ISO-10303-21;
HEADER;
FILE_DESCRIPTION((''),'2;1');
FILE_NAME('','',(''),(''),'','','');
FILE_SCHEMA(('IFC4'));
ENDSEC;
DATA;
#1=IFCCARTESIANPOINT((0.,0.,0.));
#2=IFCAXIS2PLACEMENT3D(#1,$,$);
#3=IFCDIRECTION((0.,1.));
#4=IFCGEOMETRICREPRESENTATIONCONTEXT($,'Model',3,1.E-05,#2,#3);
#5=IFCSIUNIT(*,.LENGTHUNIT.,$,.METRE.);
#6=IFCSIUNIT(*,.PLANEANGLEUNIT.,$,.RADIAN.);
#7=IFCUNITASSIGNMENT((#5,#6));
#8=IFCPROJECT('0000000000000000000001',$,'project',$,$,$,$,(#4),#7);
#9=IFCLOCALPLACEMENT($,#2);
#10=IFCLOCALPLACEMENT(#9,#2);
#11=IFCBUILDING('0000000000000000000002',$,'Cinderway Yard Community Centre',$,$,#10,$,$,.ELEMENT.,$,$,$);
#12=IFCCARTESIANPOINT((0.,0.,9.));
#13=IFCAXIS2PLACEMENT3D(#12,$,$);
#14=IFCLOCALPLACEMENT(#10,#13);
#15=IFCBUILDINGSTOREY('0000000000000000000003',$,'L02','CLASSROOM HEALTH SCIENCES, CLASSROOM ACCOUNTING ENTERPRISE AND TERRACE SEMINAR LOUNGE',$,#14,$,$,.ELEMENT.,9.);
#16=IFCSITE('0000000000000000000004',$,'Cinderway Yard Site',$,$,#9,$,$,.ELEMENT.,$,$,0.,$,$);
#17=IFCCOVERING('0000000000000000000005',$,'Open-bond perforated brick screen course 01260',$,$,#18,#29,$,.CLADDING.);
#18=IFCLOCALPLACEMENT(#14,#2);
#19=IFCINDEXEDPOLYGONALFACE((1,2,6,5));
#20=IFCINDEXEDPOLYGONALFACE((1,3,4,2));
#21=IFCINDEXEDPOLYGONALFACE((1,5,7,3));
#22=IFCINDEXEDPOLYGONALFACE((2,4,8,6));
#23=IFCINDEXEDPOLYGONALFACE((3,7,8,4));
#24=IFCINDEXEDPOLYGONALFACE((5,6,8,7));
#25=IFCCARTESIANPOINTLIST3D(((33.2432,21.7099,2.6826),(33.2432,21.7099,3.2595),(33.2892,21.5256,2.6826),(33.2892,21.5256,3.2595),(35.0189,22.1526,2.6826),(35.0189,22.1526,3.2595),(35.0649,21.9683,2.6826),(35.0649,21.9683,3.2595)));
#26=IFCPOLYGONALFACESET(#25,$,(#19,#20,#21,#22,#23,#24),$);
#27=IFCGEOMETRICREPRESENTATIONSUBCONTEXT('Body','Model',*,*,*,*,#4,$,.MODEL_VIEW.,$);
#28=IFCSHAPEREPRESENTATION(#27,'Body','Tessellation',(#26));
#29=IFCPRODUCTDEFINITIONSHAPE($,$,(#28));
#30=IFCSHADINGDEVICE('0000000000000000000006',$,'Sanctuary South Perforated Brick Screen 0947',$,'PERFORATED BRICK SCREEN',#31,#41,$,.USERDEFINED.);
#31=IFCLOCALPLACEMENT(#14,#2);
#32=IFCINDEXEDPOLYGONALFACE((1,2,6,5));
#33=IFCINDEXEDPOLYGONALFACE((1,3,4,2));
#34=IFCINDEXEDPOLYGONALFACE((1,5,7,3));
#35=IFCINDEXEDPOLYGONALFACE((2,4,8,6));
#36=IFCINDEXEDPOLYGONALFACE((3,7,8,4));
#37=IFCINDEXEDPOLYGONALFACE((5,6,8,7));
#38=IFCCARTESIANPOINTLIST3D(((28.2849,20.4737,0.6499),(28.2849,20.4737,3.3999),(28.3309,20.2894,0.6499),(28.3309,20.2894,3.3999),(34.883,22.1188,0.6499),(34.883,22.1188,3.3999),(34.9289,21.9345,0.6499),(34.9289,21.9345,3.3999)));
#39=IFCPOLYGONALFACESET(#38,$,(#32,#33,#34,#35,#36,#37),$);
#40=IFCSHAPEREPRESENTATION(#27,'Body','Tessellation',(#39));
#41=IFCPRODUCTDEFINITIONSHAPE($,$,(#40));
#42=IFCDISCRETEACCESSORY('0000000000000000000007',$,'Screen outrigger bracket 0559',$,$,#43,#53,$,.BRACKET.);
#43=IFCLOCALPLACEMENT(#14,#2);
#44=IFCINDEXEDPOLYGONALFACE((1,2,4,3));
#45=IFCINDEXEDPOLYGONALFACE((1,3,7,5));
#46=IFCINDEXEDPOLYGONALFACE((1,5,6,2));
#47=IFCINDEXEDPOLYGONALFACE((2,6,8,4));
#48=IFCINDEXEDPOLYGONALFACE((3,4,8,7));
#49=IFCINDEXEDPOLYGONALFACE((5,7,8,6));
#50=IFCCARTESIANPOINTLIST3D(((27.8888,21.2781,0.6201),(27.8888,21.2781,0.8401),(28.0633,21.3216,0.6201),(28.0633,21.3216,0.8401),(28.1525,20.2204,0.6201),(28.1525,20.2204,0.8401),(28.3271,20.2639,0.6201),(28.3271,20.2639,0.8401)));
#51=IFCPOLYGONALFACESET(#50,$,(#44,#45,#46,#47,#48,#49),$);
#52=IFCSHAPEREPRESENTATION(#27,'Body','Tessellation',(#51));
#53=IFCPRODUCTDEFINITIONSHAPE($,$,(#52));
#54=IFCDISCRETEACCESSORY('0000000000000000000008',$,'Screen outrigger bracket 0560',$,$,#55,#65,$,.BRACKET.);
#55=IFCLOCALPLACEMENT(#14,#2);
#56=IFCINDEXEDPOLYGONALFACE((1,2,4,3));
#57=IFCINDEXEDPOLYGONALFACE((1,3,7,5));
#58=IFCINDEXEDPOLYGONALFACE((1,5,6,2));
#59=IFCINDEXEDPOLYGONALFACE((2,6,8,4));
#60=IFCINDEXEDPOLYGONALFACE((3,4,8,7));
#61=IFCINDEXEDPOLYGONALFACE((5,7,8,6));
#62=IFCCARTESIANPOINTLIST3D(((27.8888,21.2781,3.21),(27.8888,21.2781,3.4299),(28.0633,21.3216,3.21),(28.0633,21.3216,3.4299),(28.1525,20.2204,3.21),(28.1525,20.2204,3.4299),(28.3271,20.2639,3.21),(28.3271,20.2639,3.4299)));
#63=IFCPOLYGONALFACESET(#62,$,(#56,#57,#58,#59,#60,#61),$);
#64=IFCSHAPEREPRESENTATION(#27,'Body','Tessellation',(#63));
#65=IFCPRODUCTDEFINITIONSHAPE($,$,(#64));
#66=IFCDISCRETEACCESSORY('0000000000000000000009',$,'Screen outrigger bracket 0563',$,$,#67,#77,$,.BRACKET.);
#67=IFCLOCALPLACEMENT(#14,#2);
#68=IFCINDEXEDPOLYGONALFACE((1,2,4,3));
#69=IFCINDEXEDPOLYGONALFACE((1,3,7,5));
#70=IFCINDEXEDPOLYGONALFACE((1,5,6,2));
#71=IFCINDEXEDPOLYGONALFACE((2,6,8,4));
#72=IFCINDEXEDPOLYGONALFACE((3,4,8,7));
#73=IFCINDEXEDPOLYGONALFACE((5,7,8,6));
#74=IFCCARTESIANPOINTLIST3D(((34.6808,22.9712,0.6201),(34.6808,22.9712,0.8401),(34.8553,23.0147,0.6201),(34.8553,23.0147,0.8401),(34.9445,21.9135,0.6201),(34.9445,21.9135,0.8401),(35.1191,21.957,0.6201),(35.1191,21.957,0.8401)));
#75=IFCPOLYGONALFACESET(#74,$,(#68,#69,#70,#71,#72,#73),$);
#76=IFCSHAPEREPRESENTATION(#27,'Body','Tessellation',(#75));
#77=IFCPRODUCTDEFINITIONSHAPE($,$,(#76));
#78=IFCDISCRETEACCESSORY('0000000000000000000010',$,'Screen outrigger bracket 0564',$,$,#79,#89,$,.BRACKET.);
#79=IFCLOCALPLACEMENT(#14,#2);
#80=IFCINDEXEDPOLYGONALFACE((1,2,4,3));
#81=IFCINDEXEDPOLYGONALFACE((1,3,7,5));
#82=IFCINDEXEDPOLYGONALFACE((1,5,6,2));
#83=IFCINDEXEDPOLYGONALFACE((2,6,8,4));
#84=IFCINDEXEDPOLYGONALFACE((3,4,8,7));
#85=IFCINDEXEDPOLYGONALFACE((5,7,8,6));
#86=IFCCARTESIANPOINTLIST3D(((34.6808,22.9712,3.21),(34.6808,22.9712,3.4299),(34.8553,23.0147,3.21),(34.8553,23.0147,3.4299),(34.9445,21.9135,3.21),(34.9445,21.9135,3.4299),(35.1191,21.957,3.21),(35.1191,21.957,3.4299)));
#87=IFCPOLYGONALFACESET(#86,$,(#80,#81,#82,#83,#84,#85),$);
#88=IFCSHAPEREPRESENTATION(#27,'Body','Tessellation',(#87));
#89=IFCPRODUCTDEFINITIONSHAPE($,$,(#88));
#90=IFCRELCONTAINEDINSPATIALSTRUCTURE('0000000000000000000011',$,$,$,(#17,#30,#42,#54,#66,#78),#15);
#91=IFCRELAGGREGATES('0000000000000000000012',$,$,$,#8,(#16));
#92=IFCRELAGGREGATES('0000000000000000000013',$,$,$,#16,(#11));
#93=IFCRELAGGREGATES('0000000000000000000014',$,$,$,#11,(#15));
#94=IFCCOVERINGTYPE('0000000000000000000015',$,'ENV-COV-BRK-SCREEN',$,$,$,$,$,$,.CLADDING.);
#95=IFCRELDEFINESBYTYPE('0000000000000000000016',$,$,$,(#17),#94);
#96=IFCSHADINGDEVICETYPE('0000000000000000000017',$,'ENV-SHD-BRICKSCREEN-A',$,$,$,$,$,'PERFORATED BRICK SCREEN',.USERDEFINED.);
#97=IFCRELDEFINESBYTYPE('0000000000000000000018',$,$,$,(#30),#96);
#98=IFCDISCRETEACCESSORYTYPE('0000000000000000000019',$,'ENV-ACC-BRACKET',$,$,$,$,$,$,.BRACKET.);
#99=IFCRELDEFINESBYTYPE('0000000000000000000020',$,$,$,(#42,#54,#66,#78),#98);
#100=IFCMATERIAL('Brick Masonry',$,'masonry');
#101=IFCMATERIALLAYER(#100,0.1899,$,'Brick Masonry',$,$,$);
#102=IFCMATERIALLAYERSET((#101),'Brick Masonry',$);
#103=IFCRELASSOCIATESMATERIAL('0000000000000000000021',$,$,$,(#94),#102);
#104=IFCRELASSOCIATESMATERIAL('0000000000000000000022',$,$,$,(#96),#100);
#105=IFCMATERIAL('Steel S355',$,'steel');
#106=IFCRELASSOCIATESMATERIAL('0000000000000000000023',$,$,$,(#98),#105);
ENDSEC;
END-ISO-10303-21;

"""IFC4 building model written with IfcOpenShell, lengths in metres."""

from ifc_helpers import new_model, si_unit, direction, frame, origin, origin_2d, place, context, subcontext, project, spatial, rectangle, extrude, material, layer, layer_set, type_object, element, save


model = new_model("IFC4")

# Units and contexts
model_context = context("Model", 3, precision=1e-05, world=origin(), true_north=direction((0.0, 1.0)))
body_context = subcontext(model_context, "Body", "Model", "MODEL_VIEW")
ifc_project = project(units=[si_unit("LENGTHUNIT", "METRE"), si_unit("PLANEANGLEUNIT", "RADIAN")], contexts=[model_context])

# Site, building, storey
site_placement = place(None, origin())
site = spatial("IfcSite", under=ifc_project, at=site_placement, Name="Cinderway Yard Site", CompositionType="ELEMENT", RefElevation=0.0)
building_placement = place(site_placement, origin())
building = spatial("IfcBuilding", under=site, at=building_placement, Name="Cinderway Yard Community Centre", CompositionType="ELEMENT")
storey_placement = place(building_placement, frame((0.0, 0.0, 9.0)))
storey = spatial("IfcBuildingStorey", under=building, at=storey_placement, Name="L02", Description="CLASSROOM HEALTH SCIENCES, CLASSROOM ACCOUNTING ENTERPRISE AND TERRACE SEMINAR LOUNGE", CompositionType="ELEMENT", Elevation=9.0)

# Shared definitions
ifc_material_1 = material(Name="Steel S355", Category="steel")

# Shared definitions
ifc_material_2 = material(Name="Brick Masonry", Category="masonry")

# Covering
ifc_layer_1 = layer(ifc_material_2, 0.1899, Name="Brick Masonry")
ifc_layer_set_1 = layer_set([ifc_layer_1], Name="Brick Masonry")
covering_type = type_object("IfcCoveringType", Name="ENV-COV-BRK-SCREEN", PredefinedType="CLADDING", material=ifc_layer_set_1)
for number, where, z_axis, x_axis, name in (
    (1, (34.1541, 21.8391, 2.6826), (0.0, 0.0, 1.0), (-0.970296, -0.241922, 0.0), "Open-bond perforated brick screen course 01260"),
):
    element("IfcCovering", number, at=place(storey_placement, frame(where, z_axis=z_axis, x_axis=x_axis)), inside=storey, type_object=covering_type, Name=name, PredefinedType="CLADDING", context=body_context, shape_type="SweptSolid", body=[
        extrude(rectangle(XDim=1.8301, YDim=0.1899, at=origin_2d()), origin(), (0.0, 0.0, 1.0), 0.5769),
    ])

# Shading device
shading_device_type = type_object("IfcShadingDeviceType", Name="ENV-SHD-BRICKSCREEN-A", ElementType="PERFORATED BRICK SCREEN", PredefinedType="USERDEFINED", material=ifc_material_2)
shading_device_placement = place(storey_placement, frame((31.6069, 21.2041, 0.6499), z_axis=(0.0, 0.0, 1.0), x_axis=(-0.970296, -0.241922, 0.0)))
element("IfcShadingDevice", 2, at=shading_device_placement, inside=storey, type_object=shading_device_type, Name="Sanctuary South Perforated Brick Screen 0947", ObjectType="PERFORATED BRICK SCREEN", PredefinedType="USERDEFINED", context=body_context, shape_type="SweptSolid", body=[
    extrude(rectangle(XDim=6.8, YDim=0.1899, at=origin_2d()), origin(), (0.0, 0.0, 1.0), 2.75),
])

# Discrete accessories
discrete_accessory_type = type_object("IfcDiscreteAccessoryType", Name="ENV-ACC-BRACKET", PredefinedType="BRACKET", material=ifc_material_1)
for number, where, z_axis, x_axis, name in (
    (3, (28.1079, 20.771, 0.6201), (0.0, 0.0, 1.0), (0.241922, -0.970296, 0.0), "Screen outrigger bracket 0559"),
    (4, (28.1079, 20.771, 3.21), (0.0, 0.0, 1.0), (0.241922, -0.970296, 0.0), "Screen outrigger bracket 0560"),
    (5, (34.8999, 22.4641, 0.6201), (0.0, 0.0, 1.0), (0.241922, -0.970296, 0.0), "Screen outrigger bracket 0563"),
    (6, (34.8999, 22.4641, 3.21), (0.0, 0.0, 1.0), (0.241922, -0.970296, 0.0), "Screen outrigger bracket 0564"),
):
    element("IfcDiscreteAccessory", number, at=place(storey_placement, frame(where, z_axis=z_axis, x_axis=x_axis)), inside=storey, type_object=discrete_accessory_type, Name=name, PredefinedType="BRACKET", context=body_context, shape_type="SweptSolid", body=[
        extrude(rectangle(XDim=1.0901, YDim=0.1799, at=origin_2d()), origin(), (0.0, 0.0, 1.0), 0.22),
    ])

save(model, "model.ifc")
